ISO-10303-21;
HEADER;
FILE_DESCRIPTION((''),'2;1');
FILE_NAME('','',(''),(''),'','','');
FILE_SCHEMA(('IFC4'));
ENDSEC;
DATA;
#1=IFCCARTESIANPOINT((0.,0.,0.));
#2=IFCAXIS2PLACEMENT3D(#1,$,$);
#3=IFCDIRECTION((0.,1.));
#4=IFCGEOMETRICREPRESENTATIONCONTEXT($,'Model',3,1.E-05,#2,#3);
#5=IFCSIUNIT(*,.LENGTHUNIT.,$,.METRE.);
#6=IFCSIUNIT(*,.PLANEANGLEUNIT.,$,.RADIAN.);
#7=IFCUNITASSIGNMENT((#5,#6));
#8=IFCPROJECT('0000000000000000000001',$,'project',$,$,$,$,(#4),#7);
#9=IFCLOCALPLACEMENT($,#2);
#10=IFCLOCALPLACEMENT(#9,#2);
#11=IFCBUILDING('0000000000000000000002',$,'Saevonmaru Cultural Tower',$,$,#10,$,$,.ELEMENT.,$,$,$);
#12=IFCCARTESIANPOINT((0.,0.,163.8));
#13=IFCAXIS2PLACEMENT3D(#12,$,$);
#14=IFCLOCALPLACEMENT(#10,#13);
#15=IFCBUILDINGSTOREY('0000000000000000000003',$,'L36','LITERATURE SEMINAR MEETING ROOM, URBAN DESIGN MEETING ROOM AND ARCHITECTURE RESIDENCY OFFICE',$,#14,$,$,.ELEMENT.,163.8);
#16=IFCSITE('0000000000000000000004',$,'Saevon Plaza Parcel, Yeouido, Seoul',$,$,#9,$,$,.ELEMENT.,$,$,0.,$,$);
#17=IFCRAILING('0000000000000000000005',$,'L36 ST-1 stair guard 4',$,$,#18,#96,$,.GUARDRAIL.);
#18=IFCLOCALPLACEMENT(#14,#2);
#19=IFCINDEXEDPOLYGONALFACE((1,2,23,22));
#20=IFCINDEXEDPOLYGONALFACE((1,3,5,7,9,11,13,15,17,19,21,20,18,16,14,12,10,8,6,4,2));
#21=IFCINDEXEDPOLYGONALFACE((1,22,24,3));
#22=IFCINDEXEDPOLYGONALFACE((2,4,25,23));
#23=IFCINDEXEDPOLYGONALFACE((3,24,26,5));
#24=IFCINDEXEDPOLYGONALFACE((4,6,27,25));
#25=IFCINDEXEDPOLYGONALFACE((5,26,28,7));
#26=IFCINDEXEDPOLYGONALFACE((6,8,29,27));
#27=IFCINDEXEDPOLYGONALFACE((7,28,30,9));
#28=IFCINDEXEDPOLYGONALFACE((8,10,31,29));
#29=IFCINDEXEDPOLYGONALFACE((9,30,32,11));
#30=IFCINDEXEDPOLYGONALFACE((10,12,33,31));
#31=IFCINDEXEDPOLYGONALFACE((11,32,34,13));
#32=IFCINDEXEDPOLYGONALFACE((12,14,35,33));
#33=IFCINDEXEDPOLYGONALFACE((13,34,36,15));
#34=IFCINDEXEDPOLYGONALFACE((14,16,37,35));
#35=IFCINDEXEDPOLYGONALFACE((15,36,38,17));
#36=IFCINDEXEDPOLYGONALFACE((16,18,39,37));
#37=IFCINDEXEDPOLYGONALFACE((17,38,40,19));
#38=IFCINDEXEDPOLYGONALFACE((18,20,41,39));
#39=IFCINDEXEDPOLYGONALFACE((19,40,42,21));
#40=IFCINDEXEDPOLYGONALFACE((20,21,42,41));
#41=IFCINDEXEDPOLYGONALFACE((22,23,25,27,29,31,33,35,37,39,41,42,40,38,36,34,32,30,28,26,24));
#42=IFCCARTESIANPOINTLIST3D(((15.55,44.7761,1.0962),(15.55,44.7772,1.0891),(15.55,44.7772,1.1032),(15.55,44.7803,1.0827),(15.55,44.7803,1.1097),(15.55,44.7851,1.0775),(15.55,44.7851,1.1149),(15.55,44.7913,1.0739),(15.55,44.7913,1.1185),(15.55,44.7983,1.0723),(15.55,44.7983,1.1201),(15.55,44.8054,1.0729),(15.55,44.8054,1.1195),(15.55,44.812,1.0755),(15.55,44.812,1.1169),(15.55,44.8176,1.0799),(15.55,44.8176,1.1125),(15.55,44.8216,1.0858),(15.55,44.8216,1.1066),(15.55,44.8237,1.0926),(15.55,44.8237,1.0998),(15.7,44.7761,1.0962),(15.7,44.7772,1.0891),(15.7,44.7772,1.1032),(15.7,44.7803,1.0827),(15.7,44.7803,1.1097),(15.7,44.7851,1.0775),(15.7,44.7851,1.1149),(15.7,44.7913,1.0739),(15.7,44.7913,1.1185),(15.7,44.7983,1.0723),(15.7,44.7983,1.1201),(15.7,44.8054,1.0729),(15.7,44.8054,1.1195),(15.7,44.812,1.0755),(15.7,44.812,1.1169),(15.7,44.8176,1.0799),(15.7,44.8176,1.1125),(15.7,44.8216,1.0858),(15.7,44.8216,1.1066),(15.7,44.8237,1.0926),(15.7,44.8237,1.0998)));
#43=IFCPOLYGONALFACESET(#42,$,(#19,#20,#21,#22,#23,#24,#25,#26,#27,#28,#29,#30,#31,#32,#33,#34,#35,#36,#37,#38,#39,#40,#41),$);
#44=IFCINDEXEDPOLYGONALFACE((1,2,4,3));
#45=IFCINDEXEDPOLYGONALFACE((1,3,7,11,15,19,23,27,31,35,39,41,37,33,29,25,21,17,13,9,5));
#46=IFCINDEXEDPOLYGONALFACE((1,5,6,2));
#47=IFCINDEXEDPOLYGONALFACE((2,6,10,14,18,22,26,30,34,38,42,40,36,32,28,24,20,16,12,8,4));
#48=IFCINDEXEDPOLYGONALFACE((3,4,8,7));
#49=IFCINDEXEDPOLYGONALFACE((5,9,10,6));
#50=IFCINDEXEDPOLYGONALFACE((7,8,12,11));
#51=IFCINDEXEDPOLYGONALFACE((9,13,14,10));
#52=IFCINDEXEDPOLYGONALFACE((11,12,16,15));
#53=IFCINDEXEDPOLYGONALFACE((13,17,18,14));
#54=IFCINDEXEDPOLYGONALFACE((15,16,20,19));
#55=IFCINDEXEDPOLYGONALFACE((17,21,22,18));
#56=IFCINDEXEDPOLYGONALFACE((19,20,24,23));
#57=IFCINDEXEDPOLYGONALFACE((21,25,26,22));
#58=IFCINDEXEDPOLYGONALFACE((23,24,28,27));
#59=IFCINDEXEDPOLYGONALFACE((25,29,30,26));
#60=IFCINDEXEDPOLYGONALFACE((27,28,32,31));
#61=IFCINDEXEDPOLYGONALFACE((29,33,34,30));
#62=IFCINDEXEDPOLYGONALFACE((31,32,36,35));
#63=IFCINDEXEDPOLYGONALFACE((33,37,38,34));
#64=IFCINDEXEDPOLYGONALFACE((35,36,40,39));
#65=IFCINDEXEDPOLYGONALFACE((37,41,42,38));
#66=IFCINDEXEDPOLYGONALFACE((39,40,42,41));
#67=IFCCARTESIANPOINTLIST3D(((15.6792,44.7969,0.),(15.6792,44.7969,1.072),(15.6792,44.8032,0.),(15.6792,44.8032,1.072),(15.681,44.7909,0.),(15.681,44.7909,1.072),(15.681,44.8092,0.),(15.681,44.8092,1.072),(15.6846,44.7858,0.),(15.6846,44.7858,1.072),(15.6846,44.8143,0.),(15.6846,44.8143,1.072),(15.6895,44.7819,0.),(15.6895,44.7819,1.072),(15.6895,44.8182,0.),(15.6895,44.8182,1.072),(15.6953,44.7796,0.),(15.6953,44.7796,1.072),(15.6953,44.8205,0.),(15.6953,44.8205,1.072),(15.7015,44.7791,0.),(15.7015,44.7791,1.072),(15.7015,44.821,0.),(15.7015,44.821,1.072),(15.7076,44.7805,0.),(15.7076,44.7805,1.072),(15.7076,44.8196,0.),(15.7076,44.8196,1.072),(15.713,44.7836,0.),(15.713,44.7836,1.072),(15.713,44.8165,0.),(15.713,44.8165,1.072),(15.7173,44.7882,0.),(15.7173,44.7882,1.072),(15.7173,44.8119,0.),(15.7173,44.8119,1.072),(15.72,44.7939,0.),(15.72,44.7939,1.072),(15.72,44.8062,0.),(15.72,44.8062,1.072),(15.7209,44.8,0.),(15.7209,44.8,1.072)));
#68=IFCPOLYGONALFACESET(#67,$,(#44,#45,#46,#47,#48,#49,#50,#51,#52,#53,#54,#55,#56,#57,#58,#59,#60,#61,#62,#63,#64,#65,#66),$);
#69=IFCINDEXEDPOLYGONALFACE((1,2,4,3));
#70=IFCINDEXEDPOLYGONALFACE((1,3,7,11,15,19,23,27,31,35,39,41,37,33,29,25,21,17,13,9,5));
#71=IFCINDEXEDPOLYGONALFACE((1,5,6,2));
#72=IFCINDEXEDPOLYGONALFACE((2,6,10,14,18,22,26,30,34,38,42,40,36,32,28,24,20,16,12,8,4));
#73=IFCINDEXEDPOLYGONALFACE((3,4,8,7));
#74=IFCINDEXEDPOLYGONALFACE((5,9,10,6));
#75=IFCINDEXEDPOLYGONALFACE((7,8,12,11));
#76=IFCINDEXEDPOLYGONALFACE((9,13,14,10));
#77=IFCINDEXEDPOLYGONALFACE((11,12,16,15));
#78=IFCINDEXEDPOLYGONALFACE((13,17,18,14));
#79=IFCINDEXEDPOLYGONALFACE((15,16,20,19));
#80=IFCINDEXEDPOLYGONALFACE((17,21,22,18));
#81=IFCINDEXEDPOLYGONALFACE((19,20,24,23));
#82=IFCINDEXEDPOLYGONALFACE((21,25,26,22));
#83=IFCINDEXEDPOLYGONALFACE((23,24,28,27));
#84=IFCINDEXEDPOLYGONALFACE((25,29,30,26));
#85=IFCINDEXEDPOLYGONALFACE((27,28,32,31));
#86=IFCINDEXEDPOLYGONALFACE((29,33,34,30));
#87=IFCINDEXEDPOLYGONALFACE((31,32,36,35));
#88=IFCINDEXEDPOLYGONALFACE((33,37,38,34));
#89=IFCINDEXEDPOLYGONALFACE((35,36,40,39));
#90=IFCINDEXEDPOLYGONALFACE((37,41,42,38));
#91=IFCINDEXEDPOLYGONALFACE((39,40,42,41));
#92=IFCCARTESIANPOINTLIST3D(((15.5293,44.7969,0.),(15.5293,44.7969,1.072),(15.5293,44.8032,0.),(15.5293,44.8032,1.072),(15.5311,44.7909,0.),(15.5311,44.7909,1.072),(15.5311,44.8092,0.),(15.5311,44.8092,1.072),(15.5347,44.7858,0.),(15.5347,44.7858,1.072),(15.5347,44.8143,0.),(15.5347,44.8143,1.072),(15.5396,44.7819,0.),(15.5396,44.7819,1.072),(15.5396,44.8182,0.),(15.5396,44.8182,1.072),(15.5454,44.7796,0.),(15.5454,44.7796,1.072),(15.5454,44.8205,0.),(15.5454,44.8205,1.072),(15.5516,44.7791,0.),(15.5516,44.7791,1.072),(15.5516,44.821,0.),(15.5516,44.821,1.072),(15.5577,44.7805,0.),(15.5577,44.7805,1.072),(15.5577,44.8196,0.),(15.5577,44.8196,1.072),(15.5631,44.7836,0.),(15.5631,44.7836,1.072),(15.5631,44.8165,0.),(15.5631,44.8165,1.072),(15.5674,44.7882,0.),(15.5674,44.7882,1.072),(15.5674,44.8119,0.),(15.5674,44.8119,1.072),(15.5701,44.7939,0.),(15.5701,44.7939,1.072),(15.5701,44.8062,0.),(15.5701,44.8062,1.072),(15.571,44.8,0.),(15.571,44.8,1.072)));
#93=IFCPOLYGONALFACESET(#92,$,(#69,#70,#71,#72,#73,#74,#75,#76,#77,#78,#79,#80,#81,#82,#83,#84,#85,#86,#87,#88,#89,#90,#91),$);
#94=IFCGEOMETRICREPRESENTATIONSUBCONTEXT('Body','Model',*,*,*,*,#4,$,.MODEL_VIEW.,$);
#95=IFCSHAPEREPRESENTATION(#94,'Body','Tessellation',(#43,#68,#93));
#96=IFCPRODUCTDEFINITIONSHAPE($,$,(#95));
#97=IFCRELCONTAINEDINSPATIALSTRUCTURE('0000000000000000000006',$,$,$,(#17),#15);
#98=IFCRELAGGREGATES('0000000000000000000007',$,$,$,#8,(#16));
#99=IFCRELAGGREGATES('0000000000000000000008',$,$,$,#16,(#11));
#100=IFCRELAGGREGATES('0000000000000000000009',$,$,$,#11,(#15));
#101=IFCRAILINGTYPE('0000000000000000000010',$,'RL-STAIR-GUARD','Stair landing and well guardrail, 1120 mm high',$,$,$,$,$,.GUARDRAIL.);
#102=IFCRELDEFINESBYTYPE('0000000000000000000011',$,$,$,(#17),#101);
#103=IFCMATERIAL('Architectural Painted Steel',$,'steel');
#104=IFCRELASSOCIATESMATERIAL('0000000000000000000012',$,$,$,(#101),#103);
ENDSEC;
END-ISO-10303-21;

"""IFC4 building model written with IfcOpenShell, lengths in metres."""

from ifc_helpers import new_model, si_unit, direction, frame, origin, origin_2d, place, context, subcontext, project, spatial, circle, extrude, material, type_object, element, save


model = new_model("IFC4")

# Units and contexts
model_context = context("Model", 3, precision=1e-05, world=origin(), true_north=direction((0.0, 1.0)))
body_context = subcontext(model_context, "Body", "Model", "MODEL_VIEW")
ifc_project = project(units=[si_unit("LENGTHUNIT", "METRE"), si_unit("PLANEANGLEUNIT", "RADIAN")], contexts=[model_context])

# Site, building, storey
site_placement = place(None, origin())
site = spatial("IfcSite", under=ifc_project, at=site_placement, Name="Saevon Plaza Parcel, Yeouido, Seoul", CompositionType="ELEMENT", RefElevation=0.0)
building_placement = place(site_placement, origin())
building = spatial("IfcBuilding", under=site, at=building_placement, Name="Saevonmaru Cultural Tower", CompositionType="ELEMENT")
storey_placement = place(building_placement, frame((0.0, 0.0, 163.8)))
storey = spatial("IfcBuildingStorey", under=building, at=storey_placement, Name="L36", Description="LITERATURE SEMINAR MEETING ROOM, URBAN DESIGN MEETING ROOM AND ARCHITECTURE RESIDENCY OFFICE", CompositionType="ELEMENT", Elevation=163.8)

# Railing
ifc_material_1 = material(Name="Architectural Painted Steel", Category="steel")
railing_type_1 = type_object("IfcRailingType", Name="RL-STAIR-GUARD", Description="Stair landing and well guardrail, 1120 mm high", PredefinedType="GUARDRAIL", material=ifc_material_1)
railing_1_placement = place(storey_placement, frame((15.7, 44.8, 0.0)))
element("IfcRailing", 1, at=railing_1_placement, inside=storey, type_object=railing_type_1, Name="L36 ST-1 stair guard 4", PredefinedType="GUARDRAIL", context=body_context, shape_type="SweptSolid", body=[
    extrude(circle(Radius=0.0239, at=origin_2d()), frame((0.0, 0.0, 1.0962), z_axis=(-1.0, 0.0, 0.0), x_axis=(0.0, -1.0, 0.0)), (0.0, 0.0, 1.0), 0.1499),
    extrude(circle(Radius=0.021, at=origin_2d()), origin(), (0.0, 0.0, 1.0), 1.072),
    extrude(circle(Radius=0.021, at=origin_2d()), frame((-0.1499, 0.0, 0.0)), (0.0, 0.0, 1.0), 1.072),
])

save(model, "model.ifc")
